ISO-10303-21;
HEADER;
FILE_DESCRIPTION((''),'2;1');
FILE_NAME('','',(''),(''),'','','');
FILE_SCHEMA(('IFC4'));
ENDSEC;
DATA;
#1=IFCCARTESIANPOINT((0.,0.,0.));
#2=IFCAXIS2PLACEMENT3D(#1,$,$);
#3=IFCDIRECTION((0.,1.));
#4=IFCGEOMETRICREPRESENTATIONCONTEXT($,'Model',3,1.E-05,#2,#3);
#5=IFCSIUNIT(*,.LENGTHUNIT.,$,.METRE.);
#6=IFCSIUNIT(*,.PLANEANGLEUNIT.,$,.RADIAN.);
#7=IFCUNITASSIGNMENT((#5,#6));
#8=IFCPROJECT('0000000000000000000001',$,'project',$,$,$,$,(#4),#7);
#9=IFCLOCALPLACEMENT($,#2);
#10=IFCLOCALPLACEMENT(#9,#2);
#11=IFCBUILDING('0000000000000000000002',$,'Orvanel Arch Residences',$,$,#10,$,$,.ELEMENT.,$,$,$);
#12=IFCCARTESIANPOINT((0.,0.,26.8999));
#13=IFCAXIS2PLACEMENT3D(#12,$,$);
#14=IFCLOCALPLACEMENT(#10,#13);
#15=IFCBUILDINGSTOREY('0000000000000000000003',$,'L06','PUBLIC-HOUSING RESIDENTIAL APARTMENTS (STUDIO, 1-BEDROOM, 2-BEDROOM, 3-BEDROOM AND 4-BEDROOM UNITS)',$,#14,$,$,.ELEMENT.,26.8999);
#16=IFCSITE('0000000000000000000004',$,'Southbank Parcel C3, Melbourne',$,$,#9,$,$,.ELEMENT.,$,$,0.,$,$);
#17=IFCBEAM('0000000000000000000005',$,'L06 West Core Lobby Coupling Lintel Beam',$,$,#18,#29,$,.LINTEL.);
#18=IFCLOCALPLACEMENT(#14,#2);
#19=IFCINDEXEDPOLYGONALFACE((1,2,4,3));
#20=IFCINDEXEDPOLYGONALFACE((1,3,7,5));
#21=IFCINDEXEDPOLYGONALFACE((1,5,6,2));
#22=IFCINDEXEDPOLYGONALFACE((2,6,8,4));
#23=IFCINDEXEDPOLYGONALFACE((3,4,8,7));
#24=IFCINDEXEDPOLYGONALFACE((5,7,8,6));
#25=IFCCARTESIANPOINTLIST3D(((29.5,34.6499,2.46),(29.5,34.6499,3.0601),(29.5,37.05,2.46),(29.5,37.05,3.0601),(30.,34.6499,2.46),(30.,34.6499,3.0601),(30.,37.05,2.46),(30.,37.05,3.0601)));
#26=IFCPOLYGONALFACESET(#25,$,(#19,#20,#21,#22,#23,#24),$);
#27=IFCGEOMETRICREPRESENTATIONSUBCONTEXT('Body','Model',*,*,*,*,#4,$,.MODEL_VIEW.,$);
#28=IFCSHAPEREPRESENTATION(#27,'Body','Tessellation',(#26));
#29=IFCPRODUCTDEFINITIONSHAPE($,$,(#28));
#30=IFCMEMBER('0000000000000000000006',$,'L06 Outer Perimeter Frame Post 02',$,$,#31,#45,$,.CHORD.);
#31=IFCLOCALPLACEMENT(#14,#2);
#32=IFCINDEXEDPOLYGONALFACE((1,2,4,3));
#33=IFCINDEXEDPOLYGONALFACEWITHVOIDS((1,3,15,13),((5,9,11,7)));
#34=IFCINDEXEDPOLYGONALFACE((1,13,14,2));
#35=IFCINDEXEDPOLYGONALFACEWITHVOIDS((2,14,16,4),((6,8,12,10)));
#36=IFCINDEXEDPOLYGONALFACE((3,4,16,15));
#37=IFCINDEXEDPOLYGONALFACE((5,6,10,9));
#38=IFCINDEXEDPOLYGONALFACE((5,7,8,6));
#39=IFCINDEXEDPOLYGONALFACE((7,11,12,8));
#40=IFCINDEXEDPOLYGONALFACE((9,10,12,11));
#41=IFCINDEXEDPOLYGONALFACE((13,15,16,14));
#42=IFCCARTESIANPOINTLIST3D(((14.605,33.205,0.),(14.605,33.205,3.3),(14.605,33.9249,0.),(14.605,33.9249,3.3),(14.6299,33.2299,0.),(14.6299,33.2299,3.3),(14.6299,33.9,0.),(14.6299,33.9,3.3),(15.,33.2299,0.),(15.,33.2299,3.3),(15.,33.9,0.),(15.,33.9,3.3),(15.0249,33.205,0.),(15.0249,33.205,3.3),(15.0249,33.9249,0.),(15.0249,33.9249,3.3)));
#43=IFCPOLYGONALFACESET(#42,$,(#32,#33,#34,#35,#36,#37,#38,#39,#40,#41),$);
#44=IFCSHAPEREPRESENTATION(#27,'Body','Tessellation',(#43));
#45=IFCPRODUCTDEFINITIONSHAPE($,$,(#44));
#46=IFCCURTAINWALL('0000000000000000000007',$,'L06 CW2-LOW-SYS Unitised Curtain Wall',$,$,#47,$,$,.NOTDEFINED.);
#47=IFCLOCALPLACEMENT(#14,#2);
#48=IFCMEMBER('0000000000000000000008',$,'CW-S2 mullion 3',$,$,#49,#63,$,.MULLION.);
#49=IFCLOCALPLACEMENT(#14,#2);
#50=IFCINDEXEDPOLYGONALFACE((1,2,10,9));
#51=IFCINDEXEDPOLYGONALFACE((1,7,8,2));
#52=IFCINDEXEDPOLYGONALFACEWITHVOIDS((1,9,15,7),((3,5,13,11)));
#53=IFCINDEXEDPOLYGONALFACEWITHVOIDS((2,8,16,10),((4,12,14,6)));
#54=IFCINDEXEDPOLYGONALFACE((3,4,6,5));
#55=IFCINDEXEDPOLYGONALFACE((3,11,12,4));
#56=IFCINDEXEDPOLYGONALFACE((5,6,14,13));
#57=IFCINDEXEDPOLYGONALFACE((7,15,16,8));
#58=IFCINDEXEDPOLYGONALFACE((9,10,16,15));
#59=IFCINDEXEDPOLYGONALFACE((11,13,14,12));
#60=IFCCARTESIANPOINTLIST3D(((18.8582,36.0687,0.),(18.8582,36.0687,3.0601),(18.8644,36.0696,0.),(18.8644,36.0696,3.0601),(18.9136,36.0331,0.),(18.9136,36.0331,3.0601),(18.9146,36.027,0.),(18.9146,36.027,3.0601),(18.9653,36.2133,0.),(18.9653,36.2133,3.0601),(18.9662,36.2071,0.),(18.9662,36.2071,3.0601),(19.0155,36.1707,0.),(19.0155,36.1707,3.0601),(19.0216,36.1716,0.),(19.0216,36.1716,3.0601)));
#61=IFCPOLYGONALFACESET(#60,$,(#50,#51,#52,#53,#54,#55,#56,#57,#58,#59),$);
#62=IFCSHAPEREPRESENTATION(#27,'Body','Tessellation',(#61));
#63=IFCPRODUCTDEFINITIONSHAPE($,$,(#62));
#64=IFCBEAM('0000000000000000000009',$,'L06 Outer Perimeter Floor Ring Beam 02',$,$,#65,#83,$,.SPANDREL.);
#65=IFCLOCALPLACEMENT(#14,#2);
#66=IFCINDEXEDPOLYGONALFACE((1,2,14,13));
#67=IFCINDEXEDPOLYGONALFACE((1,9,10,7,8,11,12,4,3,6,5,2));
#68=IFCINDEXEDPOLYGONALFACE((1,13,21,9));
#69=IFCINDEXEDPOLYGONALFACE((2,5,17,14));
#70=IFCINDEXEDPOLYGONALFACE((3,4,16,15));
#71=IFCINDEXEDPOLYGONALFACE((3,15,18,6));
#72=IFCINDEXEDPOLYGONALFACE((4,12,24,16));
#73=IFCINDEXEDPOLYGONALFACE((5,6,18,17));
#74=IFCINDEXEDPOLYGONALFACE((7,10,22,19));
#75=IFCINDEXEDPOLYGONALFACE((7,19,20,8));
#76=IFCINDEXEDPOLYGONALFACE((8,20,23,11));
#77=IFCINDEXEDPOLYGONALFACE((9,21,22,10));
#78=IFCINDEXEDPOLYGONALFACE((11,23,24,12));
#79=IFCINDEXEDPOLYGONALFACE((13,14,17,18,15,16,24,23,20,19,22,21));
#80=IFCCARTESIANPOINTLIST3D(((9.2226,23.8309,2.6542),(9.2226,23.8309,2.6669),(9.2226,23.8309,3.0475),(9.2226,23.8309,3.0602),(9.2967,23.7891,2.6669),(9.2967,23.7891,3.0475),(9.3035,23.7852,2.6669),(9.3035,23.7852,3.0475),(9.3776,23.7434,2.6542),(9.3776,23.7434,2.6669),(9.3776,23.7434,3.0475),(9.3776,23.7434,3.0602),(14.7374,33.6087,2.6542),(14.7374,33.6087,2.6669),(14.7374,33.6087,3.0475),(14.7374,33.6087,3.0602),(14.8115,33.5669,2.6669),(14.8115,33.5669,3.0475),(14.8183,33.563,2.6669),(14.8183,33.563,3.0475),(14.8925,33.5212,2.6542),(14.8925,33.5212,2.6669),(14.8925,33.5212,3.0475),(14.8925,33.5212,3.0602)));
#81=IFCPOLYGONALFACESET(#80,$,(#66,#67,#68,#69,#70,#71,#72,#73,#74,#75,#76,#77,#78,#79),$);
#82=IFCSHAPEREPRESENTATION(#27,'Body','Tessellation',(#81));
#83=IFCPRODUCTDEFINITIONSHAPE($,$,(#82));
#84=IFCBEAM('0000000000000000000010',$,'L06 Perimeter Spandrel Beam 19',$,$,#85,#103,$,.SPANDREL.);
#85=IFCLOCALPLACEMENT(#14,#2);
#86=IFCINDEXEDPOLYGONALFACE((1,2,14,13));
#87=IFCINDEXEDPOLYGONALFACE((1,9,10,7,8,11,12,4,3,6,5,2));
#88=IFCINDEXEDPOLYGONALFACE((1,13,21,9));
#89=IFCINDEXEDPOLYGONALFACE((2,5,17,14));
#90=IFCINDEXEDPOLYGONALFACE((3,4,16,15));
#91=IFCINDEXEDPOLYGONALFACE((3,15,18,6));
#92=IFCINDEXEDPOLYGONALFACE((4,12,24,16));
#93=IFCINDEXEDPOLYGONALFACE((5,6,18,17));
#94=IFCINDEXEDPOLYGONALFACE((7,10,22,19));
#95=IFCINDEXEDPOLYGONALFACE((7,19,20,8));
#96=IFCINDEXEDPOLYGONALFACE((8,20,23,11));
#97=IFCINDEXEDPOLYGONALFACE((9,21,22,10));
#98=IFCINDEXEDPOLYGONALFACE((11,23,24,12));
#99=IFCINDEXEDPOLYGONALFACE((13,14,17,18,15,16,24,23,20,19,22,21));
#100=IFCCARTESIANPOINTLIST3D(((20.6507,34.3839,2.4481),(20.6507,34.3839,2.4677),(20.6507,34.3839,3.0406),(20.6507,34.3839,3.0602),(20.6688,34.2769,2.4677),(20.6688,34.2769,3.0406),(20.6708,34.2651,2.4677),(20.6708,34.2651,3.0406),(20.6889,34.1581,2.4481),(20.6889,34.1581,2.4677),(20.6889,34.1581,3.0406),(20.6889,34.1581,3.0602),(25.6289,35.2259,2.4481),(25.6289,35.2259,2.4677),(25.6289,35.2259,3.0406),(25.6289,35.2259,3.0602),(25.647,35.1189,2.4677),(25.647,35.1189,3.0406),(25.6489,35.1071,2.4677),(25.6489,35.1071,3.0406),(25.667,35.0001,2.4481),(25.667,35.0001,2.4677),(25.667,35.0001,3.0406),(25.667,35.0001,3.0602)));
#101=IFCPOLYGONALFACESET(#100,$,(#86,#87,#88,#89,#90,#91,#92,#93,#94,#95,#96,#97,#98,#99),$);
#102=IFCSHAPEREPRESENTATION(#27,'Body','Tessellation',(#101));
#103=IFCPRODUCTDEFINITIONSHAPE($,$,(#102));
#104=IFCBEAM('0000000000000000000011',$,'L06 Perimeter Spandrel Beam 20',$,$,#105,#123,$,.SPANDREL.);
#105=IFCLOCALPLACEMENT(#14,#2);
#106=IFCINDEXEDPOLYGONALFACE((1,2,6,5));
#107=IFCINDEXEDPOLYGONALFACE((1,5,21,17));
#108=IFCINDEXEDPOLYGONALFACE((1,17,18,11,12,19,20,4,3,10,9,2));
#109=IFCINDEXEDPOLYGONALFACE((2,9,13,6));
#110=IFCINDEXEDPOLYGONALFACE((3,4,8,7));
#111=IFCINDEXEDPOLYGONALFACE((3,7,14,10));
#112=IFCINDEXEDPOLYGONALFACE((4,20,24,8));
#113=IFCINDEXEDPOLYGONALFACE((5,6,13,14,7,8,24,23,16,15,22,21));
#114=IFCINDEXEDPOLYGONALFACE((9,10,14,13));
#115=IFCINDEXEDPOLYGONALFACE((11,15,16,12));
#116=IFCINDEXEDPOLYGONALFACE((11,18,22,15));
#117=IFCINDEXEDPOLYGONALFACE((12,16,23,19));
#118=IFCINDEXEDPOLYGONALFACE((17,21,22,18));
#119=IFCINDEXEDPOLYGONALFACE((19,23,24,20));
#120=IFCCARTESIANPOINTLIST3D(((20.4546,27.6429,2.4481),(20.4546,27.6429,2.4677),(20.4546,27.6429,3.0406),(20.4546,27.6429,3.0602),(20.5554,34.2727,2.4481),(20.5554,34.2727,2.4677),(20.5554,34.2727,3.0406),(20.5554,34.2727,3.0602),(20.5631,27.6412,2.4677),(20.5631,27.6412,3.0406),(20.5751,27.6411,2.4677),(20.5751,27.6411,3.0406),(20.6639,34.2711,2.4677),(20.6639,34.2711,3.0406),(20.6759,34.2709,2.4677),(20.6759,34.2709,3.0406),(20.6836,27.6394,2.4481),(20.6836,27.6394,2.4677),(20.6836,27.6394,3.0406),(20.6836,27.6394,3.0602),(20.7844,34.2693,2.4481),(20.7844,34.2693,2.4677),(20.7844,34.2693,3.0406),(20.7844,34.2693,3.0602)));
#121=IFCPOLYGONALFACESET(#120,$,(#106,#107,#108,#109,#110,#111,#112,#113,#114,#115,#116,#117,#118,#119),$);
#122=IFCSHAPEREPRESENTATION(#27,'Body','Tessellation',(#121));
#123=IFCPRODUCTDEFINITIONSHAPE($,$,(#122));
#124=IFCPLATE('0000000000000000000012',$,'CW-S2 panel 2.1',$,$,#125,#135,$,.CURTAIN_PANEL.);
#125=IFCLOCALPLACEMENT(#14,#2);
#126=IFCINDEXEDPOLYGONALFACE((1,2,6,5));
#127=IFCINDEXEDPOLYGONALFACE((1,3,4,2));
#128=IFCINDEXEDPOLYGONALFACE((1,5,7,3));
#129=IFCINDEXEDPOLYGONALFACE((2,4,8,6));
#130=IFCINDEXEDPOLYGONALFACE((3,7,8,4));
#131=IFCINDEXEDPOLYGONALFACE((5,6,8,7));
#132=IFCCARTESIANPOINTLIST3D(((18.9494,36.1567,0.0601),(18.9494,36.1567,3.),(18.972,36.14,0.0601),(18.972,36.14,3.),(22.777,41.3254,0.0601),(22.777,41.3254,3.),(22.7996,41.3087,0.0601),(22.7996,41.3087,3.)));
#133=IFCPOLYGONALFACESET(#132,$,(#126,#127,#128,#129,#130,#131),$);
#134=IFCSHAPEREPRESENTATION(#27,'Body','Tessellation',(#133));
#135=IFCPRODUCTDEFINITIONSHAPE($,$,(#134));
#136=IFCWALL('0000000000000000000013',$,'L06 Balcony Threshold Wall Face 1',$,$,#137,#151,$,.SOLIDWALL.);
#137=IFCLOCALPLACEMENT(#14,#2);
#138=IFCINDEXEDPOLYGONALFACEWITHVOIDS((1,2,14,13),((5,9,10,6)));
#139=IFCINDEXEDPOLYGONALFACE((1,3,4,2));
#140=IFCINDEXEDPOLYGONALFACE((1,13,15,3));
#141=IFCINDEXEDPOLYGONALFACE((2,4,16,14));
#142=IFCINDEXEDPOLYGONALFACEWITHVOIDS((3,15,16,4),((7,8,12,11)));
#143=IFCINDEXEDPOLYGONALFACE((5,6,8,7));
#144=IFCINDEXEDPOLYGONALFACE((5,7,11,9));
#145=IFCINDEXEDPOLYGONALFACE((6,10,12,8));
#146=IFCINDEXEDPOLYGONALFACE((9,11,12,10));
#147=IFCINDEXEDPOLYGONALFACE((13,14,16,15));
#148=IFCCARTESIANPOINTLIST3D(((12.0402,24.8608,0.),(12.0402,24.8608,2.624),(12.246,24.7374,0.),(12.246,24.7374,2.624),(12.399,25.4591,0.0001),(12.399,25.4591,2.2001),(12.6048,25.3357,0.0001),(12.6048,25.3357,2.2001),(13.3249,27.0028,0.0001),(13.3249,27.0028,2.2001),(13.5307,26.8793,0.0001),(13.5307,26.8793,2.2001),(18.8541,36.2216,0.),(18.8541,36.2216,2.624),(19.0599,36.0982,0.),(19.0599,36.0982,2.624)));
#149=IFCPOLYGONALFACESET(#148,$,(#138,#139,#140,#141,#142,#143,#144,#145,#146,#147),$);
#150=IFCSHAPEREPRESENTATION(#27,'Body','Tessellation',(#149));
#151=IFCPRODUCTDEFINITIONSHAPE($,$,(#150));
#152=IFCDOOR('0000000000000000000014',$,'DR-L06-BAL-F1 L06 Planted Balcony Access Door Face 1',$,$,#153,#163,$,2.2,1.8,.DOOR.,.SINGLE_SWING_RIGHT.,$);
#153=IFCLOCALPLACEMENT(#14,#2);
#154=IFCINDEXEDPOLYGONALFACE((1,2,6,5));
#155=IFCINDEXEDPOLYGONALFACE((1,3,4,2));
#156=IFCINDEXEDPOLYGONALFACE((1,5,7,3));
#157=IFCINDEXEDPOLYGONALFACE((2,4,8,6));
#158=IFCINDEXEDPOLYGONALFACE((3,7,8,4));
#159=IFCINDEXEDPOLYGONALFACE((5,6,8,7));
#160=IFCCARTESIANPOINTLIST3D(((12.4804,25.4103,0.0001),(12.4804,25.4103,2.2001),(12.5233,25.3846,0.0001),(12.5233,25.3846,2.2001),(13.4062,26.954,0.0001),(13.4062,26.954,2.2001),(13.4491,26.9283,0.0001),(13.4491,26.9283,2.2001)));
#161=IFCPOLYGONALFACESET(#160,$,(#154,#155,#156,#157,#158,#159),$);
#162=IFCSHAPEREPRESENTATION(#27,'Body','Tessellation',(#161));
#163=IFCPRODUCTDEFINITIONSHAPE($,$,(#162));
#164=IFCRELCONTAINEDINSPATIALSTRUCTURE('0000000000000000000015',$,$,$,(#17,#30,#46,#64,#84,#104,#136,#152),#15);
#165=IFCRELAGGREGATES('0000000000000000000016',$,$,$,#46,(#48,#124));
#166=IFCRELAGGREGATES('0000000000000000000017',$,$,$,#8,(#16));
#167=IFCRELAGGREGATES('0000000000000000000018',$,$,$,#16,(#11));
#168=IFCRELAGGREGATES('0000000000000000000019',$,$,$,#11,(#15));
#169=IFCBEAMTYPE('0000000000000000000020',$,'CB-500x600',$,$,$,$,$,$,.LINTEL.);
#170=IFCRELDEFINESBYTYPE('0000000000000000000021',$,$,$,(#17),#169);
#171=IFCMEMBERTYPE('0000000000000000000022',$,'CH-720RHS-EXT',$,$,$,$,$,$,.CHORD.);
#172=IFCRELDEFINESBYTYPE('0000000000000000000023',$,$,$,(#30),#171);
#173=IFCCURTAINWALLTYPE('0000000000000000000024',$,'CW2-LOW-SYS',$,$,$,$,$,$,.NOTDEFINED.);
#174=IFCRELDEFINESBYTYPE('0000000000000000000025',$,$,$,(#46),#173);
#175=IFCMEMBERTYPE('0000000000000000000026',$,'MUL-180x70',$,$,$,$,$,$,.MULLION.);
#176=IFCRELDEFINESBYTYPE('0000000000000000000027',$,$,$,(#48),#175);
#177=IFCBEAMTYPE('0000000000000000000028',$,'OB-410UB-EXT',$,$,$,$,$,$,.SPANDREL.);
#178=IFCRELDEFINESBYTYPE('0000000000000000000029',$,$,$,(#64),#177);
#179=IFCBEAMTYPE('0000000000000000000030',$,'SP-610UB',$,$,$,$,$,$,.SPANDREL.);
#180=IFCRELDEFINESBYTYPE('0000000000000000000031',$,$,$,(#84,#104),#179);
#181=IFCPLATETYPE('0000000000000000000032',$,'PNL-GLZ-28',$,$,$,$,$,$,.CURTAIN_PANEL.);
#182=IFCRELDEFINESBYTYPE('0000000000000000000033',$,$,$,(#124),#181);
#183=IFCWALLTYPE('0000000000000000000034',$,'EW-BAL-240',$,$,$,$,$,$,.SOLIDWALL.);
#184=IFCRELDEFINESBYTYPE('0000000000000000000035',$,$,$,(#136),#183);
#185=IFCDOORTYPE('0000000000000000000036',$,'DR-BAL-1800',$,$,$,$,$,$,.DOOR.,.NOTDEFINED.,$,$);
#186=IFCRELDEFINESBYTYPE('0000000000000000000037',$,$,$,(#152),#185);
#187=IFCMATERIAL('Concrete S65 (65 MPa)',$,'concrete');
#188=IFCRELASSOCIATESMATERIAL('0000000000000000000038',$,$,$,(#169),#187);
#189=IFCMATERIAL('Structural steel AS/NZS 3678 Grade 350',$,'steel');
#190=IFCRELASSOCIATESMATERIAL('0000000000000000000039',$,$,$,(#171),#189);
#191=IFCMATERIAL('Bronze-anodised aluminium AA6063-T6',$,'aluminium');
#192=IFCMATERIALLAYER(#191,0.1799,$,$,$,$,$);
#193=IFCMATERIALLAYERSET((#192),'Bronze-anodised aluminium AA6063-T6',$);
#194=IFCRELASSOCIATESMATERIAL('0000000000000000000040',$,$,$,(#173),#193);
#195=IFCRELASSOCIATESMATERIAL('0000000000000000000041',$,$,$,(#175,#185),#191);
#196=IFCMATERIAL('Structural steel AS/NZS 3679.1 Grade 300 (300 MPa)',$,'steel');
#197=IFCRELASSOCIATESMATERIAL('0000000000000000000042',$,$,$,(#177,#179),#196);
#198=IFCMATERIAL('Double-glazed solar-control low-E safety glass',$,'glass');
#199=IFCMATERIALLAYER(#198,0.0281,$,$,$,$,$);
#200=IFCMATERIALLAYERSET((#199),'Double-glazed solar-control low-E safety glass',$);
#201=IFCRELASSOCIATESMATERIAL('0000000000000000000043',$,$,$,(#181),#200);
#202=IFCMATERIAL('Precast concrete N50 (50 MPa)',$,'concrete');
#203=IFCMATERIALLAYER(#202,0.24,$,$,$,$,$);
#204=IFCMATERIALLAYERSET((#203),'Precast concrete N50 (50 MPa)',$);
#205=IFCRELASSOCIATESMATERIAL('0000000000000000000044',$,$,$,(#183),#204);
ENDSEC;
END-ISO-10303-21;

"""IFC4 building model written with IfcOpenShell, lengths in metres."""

from ifc_helpers import new_model, si_unit, direction, frame, frame_2d, origin, origin_2d, place, context, subcontext, project, spatial, rectangle, hollow_rectangle, i_section, extrude, material, layer, layer_set, material_profile, profile_set, type_object, element, fill, aggregate, save


model = new_model("IFC4")

# Units and contexts
model_context = context("Model", 3, precision=1e-05, world=origin(), true_north=direction((0.0, 1.0)))
body_context = subcontext(model_context, "Body", "Model", "MODEL_VIEW")
ifc_project = project(units=[si_unit("LENGTHUNIT", "METRE"), si_unit("PLANEANGLEUNIT", "RADIAN")], contexts=[model_context])

# Site, building, storey
site_placement = place(None, origin())
site = spatial("IfcSite", under=ifc_project, at=site_placement, Name="Southbank Parcel C3, Melbourne", CompositionType="ELEMENT", RefElevation=0.0)
building_placement = place(site_placement, origin())
building = spatial("IfcBuilding", under=site, at=building_placement, Name="Orvanel Arch Residences", CompositionType="ELEMENT")
storey_placement = place(building_placement, frame((0.0, 0.0, 26.8999)))
storey = spatial("IfcBuildingStorey", under=building, at=storey_placement, Name="L06", Description="PUBLIC-HOUSING RESIDENTIAL APARTMENTS (STUDIO, 1-BEDROOM, 2-BEDROOM, 3-BEDROOM AND 4-BEDROOM UNITS)", CompositionType="ELEMENT", Elevation=26.8999)

# Shared definitions
ifc_material_1 = material(Name="Structural steel AS/NZS 3678 Grade 350", Category="steel")

# Beam
ifc_material_2 = material(Name="Structural steel AS/NZS 3679.1 Grade 300 (300 MPa)", Category="steel")
ifc_material_3 = material(Name="Concrete S65 (65 MPa)", Category="concrete")
ifc_material_profile_1 = material_profile(ifc_material_3, rectangle(XDim=0.5, YDim=0.6001, at=origin_2d()), Name="RC500x600")
ifc_profile_set_1 = profile_set([ifc_material_profile_1], Name="Concrete S65 (65 MPa)")
beam_type_1 = type_object("IfcBeamType", Name="CB-500x600", PredefinedType="LINTEL", material=ifc_profile_set_1)
beam_1_placement = place(storey_placement, frame((29.75, 34.6499, 2.76), z_axis=(0.0, 1.0, 0.0), x_axis=(-1.0, 0.0, 0.0)))
element("IfcBeam", 1, at=beam_1_placement, inside=storey, type_object=beam_type_1, Name="L06 West Core Lobby Coupling Lintel Beam", PredefinedType="LINTEL", context=body_context, shape_type="SweptSolid", body=[
    extrude(rectangle(XDim=0.5, YDim=0.6001, at=origin_2d()), origin(), (0.0, 0.0, 1.0), 2.4001),
])

# Member
ifc_material_profile_2 = material_profile(ifc_material_1, hollow_rectangle(XDim=0.4199, YDim=0.72, WallThickness=0.0249, at=origin_2d()), Name="RHS720x420x25")
ifc_profile_set_2 = profile_set([ifc_material_profile_2], Name="Structural steel AS/NZS 3678 Grade 350")
member_type_1 = type_object("IfcMemberType", Name="CH-720RHS-EXT", PredefinedType="CHORD", material=ifc_profile_set_2)
member_1_placement = place(storey_placement, frame((14.8149, 33.5649, 0.0), z_axis=(0.0, 0.0, 1.0), x_axis=(1.0, 0.0, 0.0)))
element("IfcMember", 2, at=member_1_placement, inside=storey, type_object=member_type_1, Name="L06 Outer Perimeter Frame Post 02", PredefinedType="CHORD", context=body_context, shape_type="SweptSolid", body=[
    extrude(hollow_rectangle(XDim=0.4199, YDim=0.72, WallThickness=0.0249, at=origin_2d()), origin(), (0.0, 0.0, 1.0), 3.3),
])

# Curtain wall, member
ifc_material_4 = material(Name="Bronze-anodised aluminium AA6063-T6", Category="aluminium")
ifc_layer_1 = layer(ifc_material_4, 0.1799)
ifc_layer_set_1 = layer_set([ifc_layer_1], Name="Bronze-anodised aluminium AA6063-T6")
curtain_wall_type = type_object("IfcCurtainWallType", Name="CW2-LOW-SYS", PredefinedType="NOTDEFINED", material=ifc_layer_set_1)
curtain_wall_placement = place(storey_placement, origin())
curtain_wall = element("IfcCurtainWall", 3, at=curtain_wall_placement, inside=storey, type_object=curtain_wall_type, Name="L06 CW2-LOW-SYS Unitised Curtain Wall", PredefinedType="NOTDEFINED")
ifc_material_profile_3 = material_profile(ifc_material_4, hollow_rectangle(XDim=0.0701, YDim=0.1799, WallThickness=0.0044, at=origin_2d()), Name="ALU180x70x4.5")
ifc_profile_set_3 = profile_set([ifc_material_profile_3], Name="Bronze-anodised aluminium AA6063-T6")
member_type_2 = type_object("IfcMemberType", Name="MUL-180x70", PredefinedType="MULLION", material=ifc_profile_set_3)
member_2_placement = place(storey_placement, frame((18.9399, 36.1201, 0.0), z_axis=(0.0, 0.0, 1.0), x_axis=(0.803638, -0.595118, 0.0)))
member_2 = element("IfcMember", 4, at=member_2_placement, type_object=member_type_2, Name="CW-S2 mullion 3", PredefinedType="MULLION", context=body_context, shape_type="SweptSolid", body=[
    extrude(hollow_rectangle(XDim=0.0701, YDim=0.1799, WallThickness=0.0044, at=origin_2d()), origin(), (0.0, 0.0, 1.0), 3.0601),
])

# Beams
ifc_material_profile_4 = material_profile(ifc_material_2, i_section(OverallWidth=0.178, OverallDepth=0.406, WebThickness=0.0078, FlangeThickness=0.0127, at=origin_2d()), Name="410UB59.7")
ifc_profile_set_4 = profile_set([ifc_material_profile_4], Name="Structural steel AS/NZS 3679.1 Grade 300 (300 MPa)")
beam_type_2 = type_object("IfcBeamType", Name="OB-410UB-EXT", PredefinedType="SPANDREL", material=ifc_profile_set_4)
beam_2_placement = place(storey_placement, frame((14.8149, 33.5649, 2.8572), z_axis=(-0.491267, -0.871009, 0.0), x_axis=(0.871009, -0.491267, 0.0)))
element("IfcBeam", 5, at=beam_2_placement, inside=storey, type_object=beam_type_2, Name="L06 Outer Perimeter Floor Ring Beam 02", PredefinedType="SPANDREL", context=body_context, shape_type="SweptSolid", body=[
    extrude(i_section(OverallWidth=0.178, OverallDepth=0.406, WebThickness=0.0078, FlangeThickness=0.0127, at=origin_2d()), origin(), (0.0, 0.0, 1.0), 11.2258),
])
ifc_material_profile_5 = material_profile(ifc_material_2, i_section(OverallWidth=0.229, OverallDepth=0.6121, WebThickness=0.012, FlangeThickness=0.0195, at=origin_2d()), Name="610UB125")
ifc_profile_set_5 = profile_set([ifc_material_profile_5], Name="Structural steel AS/NZS 3679.1 Grade 300 (300 MPa)")
beam_type_3 = type_object("IfcBeamType", Name="SP-610UB", PredefinedType="SPANDREL", material=ifc_profile_set_5)
beam_3_placement = place(storey_placement, frame((25.6479, 35.113, 2.7542), z_axis=(-0.985994, -0.166782, 0.0), x_axis=(0.166782, -0.985994, 0.0)))
element("IfcBeam", 6, at=beam_3_placement, inside=storey, type_object=beam_type_3, Name="L06 Perimeter Spandrel Beam 19", PredefinedType="SPANDREL", context=body_context, shape_type="SweptSolid", body=[
    extrude(i_section(OverallWidth=0.229, OverallDepth=0.6121, WebThickness=0.012, FlangeThickness=0.0195, at=origin_2d()), origin(), (0.0, 0.0, 1.0), 5.0488),
])
beam_4_placement = place(storey_placement, frame((20.6699, 34.271, 2.7542), z_axis=(-0.015207, -0.999884, 0.0), x_axis=(0.999884, -0.015207, 0.0)))
element("IfcBeam", 7, at=beam_4_placement, inside=storey, type_object=beam_type_3, Name="L06 Perimeter Spandrel Beam 20", PredefinedType="SPANDREL", context=body_context, shape_type="SweptSolid", body=[
    extrude(i_section(OverallWidth=0.229, OverallDepth=0.6121, WebThickness=0.012, FlangeThickness=0.0195, at=origin_2d()), origin(), (0.0, 0.0, 1.0), 6.6306),
])

# Plate
ifc_material_5 = material(Name="Double-glazed solar-control low-E safety glass", Category="glass")
ifc_layer_2 = layer(ifc_material_5, 0.0281)
ifc_layer_set_2 = layer_set([ifc_layer_2], Name="Double-glazed solar-control low-E safety glass")
plate_type = type_object("IfcPlateType", Name="PNL-GLZ-28", PredefinedType="CURTAIN_PANEL", material=ifc_layer_set_2)
plate_placement = place(storey_placement, frame((20.8745, 38.7327, 0.0601), z_axis=(0.0, 0.0, 1.0), x_axis=(-0.595118, -0.803638, 0.0)))
plate = element("IfcPlate", 8, at=plate_placement, type_object=plate_type, Name="CW-S2 panel 2.1", PredefinedType="CURTAIN_PANEL", context=body_context, shape_type="SweptSolid", body=[
    extrude(rectangle(XDim=6.4316, YDim=0.0281, at=origin_2d()), origin(), (0.0, 0.0, 1.0), 2.9399),
])
aggregate(curtain_wall, [member_2, plate])

# Wall, opening, door
ifc_material_6 = material(Name="Precast concrete N50 (50 MPa)", Category="concrete")
ifc_layer_3 = layer(ifc_material_6, 0.24)
ifc_layer_set_3 = layer_set([ifc_layer_3], Name="Precast concrete N50 (50 MPa)")
wall_type_1 = type_object("IfcWallType", Name="EW-BAL-240", PredefinedType="SOLIDWALL", material=ifc_layer_set_3)
wall_1_placement = place(storey_placement, frame((18.957, 36.1599, 0.0), z_axis=(0.0, 0.0, 1.0), x_axis=(-0.514355, -0.857577, 0.0)))
wall_1 = element("IfcWall", 9, at=wall_1_placement, inside=storey, type_object=wall_type_1, Name="L06 Balcony Threshold Wall Face 1", PredefinedType="SOLIDWALL", context=body_context, shape_type="SweptSolid", body=[
    extrude(rectangle(XDim=13.2476, YDim=0.24, at=frame_2d((6.6238, 0.0))), origin(), (0.0, 0.0, 1.0), 2.624),
])
opening_1_placement = place(wall_1_placement, frame((10.75, 0.0, 0.0)))
opening_1 = element("IfcOpeningElement", 10, at=opening_1_placement, cuts=wall_1, PredefinedType="OPENING", context=body_context, shape_type="SweptSolid", body=[
    extrude(rectangle(XDim=1.8, YDim=2.2, at=frame_2d((0.8999, 1.1001))), frame((0.0, 0.1299, 0.0), z_axis=(0.0, -1.0, 0.0), x_axis=(1.0, 0.0, 0.0)), (0.0, 0.0, 1.0), 0.26),
])
door_type_1 = type_object("IfcDoorType", Name="DR-BAL-1800", OperationType="NOTDEFINED", PredefinedType="DOOR", material=ifc_material_4)
door_1_placement = place(opening_1_placement, origin())
door_1 = element("IfcDoor", 11, at=door_1_placement, inside=storey, type_object=door_type_1, Name="DR-L06-BAL-F1 L06 Planted Balcony Access Door Face 1", OperationType="SINGLE_SWING_RIGHT", OverallHeight=2.2, OverallWidth=1.8, PredefinedType="DOOR", context=body_context, shape_type="SweptSolid", body=[
    extrude(rectangle(XDim=1.8, YDim=2.2, at=frame_2d((0.8999, 1.1001))), frame((0.0, 0.0249, 0.0), z_axis=(0.0, -1.0, 0.0), x_axis=(1.0, 0.0, 0.0)), (0.0, 0.0, 1.0), 0.05),
])
fill(opening_1, door_1)

save(model, "model.ifc")
